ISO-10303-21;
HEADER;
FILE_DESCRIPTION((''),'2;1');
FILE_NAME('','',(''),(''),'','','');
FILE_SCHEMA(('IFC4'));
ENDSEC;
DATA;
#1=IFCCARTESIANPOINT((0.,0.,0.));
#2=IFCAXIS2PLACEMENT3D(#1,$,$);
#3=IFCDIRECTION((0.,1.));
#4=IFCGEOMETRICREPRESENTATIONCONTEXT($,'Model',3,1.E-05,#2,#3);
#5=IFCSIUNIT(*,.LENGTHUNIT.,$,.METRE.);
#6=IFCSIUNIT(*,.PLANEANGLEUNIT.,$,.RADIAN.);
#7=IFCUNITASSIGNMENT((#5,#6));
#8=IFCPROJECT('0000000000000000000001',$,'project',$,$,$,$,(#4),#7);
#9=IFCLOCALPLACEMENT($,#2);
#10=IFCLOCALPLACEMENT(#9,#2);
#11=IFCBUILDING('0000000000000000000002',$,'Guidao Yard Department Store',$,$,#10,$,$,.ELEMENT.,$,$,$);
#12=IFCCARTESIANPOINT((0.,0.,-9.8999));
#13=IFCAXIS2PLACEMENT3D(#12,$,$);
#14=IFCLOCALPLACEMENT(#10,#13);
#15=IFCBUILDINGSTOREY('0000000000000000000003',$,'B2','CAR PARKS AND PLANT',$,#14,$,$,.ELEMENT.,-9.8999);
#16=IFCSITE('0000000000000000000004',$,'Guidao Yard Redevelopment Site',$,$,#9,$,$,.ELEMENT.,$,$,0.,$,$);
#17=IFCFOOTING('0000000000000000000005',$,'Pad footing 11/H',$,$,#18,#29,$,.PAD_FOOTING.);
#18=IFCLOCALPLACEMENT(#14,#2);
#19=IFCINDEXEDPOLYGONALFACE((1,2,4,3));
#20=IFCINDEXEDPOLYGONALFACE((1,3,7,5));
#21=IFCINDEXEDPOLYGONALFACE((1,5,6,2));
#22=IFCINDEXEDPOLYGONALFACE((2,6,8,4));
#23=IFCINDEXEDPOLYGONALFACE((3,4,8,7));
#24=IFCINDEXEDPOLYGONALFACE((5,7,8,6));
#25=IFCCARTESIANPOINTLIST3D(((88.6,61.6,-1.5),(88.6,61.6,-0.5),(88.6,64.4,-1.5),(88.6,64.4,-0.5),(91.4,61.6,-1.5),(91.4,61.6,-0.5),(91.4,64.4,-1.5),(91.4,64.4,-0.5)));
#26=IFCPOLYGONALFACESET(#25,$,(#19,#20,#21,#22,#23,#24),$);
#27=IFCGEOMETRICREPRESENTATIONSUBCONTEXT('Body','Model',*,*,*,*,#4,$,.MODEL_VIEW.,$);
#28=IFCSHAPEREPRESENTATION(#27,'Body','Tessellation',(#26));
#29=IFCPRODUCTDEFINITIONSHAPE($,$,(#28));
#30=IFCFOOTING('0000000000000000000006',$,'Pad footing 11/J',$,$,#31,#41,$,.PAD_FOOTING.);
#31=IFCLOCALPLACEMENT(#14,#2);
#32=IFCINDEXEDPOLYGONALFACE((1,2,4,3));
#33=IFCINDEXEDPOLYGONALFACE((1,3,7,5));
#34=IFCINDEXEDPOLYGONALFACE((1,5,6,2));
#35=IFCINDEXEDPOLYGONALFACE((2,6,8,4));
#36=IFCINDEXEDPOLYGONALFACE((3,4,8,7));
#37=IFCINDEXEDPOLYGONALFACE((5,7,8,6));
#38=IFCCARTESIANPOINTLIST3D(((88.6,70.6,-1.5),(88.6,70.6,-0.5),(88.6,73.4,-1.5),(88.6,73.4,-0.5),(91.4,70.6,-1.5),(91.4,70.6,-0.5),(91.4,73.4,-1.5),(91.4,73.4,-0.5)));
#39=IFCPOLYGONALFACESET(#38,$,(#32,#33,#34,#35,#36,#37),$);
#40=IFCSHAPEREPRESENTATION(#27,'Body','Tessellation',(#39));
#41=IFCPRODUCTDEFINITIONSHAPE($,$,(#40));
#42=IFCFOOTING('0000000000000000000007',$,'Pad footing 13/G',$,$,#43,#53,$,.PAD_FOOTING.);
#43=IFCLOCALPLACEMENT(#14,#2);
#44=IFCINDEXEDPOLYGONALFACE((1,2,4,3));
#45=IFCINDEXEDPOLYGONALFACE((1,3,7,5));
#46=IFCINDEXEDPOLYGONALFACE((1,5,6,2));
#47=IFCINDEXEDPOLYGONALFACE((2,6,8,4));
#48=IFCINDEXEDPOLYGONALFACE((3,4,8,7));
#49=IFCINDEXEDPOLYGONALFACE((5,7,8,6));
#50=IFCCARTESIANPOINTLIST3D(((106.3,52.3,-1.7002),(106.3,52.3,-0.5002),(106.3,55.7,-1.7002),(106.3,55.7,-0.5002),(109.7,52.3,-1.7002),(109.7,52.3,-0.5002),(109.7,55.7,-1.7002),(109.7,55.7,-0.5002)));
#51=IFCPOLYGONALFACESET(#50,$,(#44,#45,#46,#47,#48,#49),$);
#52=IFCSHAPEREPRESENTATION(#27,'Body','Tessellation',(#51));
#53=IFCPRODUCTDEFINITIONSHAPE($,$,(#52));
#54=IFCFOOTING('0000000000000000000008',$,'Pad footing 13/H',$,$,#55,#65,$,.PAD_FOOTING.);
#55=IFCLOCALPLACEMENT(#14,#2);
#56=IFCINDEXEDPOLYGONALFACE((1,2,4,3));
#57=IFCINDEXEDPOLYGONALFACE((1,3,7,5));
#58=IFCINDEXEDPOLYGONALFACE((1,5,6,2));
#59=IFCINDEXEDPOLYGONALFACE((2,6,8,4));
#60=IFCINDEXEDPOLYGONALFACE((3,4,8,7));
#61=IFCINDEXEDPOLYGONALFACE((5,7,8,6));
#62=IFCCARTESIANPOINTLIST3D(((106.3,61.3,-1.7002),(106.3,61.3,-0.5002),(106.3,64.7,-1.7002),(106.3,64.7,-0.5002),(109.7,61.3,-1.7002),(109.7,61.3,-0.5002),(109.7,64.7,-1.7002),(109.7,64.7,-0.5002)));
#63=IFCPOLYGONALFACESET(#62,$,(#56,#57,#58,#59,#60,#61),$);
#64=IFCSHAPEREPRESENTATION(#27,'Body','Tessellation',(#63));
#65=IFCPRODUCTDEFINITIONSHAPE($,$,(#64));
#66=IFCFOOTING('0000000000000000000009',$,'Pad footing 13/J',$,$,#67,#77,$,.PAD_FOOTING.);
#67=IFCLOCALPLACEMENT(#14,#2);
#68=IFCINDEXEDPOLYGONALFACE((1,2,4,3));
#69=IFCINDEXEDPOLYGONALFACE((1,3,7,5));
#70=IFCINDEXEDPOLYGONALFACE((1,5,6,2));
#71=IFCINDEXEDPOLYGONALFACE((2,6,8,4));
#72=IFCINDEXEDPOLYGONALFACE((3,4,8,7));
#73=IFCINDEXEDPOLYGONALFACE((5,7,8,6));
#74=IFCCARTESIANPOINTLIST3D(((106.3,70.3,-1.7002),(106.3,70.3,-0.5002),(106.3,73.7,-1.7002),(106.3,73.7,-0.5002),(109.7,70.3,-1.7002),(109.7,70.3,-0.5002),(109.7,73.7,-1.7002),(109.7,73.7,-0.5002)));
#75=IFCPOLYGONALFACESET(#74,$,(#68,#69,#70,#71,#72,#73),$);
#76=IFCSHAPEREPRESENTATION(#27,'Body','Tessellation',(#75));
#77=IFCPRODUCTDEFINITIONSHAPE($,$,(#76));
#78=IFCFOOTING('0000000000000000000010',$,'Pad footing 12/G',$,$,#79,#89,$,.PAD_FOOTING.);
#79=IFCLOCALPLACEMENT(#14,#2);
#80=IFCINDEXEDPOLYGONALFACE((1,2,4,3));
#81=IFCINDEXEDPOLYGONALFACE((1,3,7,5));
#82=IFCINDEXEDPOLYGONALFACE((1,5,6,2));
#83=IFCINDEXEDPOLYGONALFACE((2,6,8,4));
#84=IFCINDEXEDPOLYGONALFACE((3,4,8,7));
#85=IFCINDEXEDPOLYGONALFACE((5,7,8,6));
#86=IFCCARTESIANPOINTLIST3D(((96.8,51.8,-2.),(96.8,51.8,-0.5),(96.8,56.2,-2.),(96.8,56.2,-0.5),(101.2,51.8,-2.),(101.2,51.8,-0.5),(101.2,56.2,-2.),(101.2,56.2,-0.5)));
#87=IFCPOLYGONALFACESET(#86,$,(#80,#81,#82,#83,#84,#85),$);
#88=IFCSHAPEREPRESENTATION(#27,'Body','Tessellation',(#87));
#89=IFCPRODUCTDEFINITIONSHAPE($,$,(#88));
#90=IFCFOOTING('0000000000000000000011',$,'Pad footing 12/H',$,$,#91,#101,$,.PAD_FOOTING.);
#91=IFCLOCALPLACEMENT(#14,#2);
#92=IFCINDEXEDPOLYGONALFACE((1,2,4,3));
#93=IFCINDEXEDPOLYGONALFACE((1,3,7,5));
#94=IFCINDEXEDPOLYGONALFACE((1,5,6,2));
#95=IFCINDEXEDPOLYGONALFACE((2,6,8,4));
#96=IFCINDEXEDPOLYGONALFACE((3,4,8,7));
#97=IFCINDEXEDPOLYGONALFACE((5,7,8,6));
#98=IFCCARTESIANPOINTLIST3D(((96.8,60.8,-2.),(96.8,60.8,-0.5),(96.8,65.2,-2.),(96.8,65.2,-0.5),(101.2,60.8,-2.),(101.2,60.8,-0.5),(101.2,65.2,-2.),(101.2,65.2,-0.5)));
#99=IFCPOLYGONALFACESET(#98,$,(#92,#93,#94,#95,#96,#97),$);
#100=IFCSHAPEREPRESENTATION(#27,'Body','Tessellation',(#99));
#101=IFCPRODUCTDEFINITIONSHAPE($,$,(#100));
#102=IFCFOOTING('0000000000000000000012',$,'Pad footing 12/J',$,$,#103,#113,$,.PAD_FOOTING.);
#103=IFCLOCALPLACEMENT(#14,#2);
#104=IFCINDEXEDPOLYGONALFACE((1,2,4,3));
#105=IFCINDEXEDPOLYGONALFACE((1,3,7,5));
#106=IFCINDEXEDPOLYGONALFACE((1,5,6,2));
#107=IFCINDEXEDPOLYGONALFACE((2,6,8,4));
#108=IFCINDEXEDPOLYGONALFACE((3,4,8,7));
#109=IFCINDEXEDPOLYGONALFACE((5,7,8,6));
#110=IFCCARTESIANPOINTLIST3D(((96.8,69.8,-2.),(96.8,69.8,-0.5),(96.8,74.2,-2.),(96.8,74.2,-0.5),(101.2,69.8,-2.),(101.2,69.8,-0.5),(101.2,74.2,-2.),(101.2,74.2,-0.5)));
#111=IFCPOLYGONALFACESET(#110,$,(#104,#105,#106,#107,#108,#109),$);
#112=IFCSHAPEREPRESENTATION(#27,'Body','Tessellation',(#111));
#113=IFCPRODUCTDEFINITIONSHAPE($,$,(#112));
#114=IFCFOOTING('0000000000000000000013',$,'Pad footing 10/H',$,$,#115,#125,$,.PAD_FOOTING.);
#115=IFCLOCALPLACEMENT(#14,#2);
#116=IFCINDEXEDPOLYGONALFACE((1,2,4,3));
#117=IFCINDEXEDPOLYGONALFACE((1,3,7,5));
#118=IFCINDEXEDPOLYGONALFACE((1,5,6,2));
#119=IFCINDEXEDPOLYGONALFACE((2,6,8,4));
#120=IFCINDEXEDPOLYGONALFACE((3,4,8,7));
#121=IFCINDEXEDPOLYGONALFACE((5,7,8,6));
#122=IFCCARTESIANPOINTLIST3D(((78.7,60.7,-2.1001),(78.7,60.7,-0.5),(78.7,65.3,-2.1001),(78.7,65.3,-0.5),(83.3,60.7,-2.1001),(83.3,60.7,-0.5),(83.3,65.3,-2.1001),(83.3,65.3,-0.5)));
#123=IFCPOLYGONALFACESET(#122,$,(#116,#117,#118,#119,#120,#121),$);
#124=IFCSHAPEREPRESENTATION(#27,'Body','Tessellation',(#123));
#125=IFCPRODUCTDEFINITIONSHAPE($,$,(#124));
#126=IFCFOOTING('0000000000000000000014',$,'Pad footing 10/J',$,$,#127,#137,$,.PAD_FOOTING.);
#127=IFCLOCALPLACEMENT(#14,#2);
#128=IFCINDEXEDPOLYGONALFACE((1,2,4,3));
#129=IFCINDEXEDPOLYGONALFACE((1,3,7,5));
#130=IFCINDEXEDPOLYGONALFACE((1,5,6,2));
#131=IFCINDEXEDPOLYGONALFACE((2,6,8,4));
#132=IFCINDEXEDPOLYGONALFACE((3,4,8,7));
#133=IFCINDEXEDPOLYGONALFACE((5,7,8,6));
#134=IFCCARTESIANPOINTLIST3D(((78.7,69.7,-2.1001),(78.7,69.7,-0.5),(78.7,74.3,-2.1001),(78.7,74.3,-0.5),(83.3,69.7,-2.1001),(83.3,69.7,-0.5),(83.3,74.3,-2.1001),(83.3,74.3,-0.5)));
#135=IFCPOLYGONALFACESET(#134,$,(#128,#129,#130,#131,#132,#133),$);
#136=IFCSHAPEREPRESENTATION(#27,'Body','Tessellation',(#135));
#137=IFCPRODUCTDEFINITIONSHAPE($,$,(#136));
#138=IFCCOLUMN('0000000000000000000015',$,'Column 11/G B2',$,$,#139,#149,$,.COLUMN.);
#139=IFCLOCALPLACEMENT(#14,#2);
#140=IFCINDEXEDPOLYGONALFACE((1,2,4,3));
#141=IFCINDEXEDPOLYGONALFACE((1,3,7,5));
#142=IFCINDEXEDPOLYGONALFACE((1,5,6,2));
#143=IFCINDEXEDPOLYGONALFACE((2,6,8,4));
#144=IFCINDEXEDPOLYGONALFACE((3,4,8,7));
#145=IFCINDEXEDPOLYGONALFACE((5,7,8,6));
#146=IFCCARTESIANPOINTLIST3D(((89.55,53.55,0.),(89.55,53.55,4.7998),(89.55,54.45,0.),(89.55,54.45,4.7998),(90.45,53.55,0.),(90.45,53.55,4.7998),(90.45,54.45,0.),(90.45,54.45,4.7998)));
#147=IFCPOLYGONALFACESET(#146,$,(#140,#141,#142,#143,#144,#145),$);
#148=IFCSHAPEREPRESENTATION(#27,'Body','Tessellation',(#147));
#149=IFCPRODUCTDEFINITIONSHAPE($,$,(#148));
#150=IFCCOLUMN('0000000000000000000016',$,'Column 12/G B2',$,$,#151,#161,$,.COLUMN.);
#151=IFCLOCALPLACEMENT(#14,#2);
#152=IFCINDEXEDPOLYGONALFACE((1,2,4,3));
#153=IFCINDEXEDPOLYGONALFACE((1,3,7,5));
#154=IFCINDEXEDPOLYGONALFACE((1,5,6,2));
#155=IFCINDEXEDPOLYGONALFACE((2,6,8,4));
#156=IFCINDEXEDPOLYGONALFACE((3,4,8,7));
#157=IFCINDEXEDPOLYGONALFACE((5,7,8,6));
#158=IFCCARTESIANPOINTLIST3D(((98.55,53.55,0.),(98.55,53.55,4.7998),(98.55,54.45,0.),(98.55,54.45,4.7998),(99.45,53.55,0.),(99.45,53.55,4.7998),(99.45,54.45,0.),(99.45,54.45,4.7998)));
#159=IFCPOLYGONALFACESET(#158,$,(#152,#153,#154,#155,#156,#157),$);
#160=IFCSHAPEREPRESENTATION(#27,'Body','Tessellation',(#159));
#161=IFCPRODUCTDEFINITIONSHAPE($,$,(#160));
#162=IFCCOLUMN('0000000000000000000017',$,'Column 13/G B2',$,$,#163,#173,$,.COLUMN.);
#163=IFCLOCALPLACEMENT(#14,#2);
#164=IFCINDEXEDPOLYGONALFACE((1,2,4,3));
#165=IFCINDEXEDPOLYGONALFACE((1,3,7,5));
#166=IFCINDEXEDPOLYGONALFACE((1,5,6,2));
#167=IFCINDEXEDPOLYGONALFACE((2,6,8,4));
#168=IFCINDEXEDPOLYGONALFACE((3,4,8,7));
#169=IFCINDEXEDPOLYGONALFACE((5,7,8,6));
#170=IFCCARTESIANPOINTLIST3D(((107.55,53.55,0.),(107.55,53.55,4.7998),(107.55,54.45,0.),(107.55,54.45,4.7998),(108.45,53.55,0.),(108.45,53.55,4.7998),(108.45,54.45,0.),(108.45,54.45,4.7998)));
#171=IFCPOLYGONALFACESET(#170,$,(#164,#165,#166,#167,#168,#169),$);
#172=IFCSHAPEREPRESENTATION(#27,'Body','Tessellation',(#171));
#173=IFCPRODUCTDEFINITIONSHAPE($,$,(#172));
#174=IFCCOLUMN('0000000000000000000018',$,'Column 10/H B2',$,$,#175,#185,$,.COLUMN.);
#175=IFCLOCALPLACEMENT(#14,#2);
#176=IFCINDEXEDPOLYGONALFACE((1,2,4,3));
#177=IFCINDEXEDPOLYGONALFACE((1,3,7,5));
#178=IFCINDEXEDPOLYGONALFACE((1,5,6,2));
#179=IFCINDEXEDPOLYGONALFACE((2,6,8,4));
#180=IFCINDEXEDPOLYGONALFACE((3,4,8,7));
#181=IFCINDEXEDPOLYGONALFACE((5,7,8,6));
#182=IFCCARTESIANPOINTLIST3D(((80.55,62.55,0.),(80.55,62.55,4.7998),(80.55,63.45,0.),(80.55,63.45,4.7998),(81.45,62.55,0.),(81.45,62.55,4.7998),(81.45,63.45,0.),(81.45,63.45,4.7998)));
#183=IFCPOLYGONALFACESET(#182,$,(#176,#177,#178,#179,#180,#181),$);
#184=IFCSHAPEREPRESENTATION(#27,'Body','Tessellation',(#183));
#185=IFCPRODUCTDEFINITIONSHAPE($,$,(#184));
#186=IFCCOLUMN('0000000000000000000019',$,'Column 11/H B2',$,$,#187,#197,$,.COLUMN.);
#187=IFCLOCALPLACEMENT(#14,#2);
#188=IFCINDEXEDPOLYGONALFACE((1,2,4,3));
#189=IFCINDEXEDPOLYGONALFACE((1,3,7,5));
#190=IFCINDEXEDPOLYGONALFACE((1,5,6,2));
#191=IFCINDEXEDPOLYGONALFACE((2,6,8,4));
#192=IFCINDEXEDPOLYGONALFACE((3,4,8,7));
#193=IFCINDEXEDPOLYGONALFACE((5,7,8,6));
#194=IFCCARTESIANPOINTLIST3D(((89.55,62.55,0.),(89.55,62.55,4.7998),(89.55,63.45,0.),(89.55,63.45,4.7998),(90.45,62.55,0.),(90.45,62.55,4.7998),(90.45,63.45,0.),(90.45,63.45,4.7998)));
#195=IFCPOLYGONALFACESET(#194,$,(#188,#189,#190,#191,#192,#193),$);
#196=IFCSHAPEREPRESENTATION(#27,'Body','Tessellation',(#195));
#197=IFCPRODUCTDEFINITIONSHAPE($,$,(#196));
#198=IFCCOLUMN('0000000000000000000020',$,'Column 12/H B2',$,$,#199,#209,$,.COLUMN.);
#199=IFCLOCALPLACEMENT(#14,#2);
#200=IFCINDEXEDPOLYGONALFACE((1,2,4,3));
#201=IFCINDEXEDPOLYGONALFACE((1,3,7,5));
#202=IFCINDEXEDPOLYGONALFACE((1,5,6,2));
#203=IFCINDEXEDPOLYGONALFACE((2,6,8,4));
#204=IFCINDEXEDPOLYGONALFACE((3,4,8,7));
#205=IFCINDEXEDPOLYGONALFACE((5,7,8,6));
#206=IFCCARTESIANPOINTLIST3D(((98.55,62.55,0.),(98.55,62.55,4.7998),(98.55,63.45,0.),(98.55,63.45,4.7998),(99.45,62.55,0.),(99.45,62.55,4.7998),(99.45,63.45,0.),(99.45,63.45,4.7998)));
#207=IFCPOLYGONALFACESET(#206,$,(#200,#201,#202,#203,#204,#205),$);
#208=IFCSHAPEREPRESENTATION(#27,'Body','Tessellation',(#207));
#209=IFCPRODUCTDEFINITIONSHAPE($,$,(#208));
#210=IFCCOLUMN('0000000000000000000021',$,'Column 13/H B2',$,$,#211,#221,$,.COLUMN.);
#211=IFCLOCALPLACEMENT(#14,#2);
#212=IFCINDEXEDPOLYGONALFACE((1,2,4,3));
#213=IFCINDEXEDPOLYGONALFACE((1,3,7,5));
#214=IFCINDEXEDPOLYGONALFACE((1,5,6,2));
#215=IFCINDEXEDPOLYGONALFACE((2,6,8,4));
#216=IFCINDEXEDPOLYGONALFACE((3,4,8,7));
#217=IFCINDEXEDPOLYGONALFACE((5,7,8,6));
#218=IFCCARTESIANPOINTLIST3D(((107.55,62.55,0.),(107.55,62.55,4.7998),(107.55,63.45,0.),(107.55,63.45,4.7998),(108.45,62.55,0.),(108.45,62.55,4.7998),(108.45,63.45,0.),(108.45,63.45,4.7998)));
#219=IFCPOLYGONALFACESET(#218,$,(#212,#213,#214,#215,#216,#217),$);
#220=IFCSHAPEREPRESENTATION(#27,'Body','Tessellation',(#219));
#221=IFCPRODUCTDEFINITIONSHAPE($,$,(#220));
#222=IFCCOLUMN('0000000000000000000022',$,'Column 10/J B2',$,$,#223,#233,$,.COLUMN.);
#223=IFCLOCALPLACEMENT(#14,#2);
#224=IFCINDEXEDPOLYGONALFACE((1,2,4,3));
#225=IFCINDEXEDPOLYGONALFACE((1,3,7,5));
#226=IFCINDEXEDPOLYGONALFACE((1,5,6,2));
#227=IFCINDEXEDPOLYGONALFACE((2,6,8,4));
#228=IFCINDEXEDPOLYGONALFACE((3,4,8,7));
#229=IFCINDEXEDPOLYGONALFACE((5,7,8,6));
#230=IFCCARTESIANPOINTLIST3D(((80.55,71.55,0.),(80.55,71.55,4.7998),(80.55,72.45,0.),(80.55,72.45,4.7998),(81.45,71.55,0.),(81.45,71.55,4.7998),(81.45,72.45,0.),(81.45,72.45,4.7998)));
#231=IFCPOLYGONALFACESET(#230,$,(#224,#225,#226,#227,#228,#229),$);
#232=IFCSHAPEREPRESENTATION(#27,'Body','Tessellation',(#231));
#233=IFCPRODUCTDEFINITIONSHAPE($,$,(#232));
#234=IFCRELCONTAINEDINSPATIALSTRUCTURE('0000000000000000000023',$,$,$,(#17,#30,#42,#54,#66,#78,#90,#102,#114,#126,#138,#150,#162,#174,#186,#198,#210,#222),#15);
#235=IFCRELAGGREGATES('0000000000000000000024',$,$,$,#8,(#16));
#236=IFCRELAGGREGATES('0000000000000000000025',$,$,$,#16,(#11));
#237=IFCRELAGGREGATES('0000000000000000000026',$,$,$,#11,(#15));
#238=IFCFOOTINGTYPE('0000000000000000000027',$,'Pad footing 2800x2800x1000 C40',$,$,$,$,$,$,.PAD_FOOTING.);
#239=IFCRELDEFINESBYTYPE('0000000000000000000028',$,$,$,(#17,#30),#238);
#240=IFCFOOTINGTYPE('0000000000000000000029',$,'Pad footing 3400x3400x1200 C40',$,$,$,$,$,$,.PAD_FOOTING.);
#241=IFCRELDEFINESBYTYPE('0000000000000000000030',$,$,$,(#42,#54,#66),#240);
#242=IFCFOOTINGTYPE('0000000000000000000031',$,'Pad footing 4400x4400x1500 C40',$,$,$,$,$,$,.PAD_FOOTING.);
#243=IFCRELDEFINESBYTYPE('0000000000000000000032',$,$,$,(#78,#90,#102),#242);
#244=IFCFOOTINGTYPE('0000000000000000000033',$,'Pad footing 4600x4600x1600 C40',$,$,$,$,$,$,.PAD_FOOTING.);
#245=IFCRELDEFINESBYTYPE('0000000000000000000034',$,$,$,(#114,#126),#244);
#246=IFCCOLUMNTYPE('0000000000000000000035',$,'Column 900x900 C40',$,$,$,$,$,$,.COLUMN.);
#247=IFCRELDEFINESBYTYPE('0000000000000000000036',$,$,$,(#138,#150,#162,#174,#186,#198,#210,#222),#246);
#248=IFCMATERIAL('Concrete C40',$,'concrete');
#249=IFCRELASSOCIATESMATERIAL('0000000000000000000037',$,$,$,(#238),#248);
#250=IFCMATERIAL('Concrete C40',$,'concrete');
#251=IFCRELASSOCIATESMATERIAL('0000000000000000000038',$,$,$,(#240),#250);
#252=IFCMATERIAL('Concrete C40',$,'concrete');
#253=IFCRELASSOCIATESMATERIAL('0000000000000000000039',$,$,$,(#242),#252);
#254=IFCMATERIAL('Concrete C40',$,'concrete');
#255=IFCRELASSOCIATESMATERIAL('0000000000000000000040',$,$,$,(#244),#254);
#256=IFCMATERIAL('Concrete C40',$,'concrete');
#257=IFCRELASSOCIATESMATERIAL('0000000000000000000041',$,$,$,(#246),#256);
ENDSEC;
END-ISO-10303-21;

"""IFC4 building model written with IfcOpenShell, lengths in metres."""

from ifc_helpers import new_model, si_unit, direction, frame, origin, origin_2d, place, context, subcontext, project, spatial, rectangle, extrude, material, material_profile, profile_set, type_object, element, save


model = new_model("IFC4")

# Units and contexts
model_context = context("Model", 3, precision=1e-05, world=origin(), true_north=direction((0.0, 1.0)))
body_context = subcontext(model_context, "Body", "Model", "MODEL_VIEW")
ifc_project = project(units=[si_unit("LENGTHUNIT", "METRE"), si_unit("PLANEANGLEUNIT", "RADIAN")], contexts=[model_context])

# Site, building, storey
site_placement = place(None, origin())
site = spatial("IfcSite", under=ifc_project, at=site_placement, Name="Guidao Yard Redevelopment Site", CompositionType="ELEMENT", RefElevation=0.0)
building_placement = place(site_placement, origin())
building = spatial("IfcBuilding", under=site, at=building_placement, Name="Guidao Yard Department Store", CompositionType="ELEMENT")
storey_placement = place(building_placement, frame((0.0, 0.0, -9.8999)))
storey = spatial("IfcBuildingStorey", under=building, at=storey_placement, Name="B2", Description="CAR PARKS AND PLANT", CompositionType="ELEMENT", Elevation=-9.8999)

# Footings
ifc_material_1 = material(Name="Concrete C40", Category="concrete")
footing_type_1 = type_object("IfcFootingType", Name="Pad footing 2800x2800x1000 C40", PredefinedType="PAD_FOOTING", material=ifc_material_1)
for number, where, z_axis, x_axis, name in (
    (1, (90.0, 63.0, -1.5), (0.0, 0.0, 1.0), (1.0, 0.0, 0.0), "Pad footing 11/H"),
    (2, (90.0, 72.0, -1.5), (0.0, 0.0, 1.0), (1.0, 0.0, 0.0), "Pad footing 11/J"),
):
    element("IfcFooting", number, at=place(storey_placement, frame(where, z_axis=z_axis, x_axis=x_axis)), inside=storey, type_object=footing_type_1, Name=name, PredefinedType="PAD_FOOTING", context=body_context, shape_type="SweptSolid", body=[
        extrude(rectangle(XDim=2.8, YDim=2.8, at=origin_2d()), origin(), (0.0, 0.0, 1.0), 1.0),
    ])
ifc_material_2 = material(Name="Concrete C40", Category="concrete")
footing_type_2 = type_object("IfcFootingType", Name="Pad footing 3400x3400x1200 C40", PredefinedType="PAD_FOOTING", material=ifc_material_2)
for number, where, z_axis, x_axis, name in (
    (3, (108.0, 54.0, -1.7002), (0.0, 0.0, 1.0), (1.0, 0.0, 0.0), "Pad footing 13/G"),
    (4, (108.0, 63.0, -1.7002), (0.0, 0.0, 1.0), (1.0, 0.0, 0.0), "Pad footing 13/H"),
    (5, (108.0, 72.0, -1.7002), (0.0, 0.0, 1.0), (1.0, 0.0, 0.0), "Pad footing 13/J"),
):
    element("IfcFooting", number, at=place(storey_placement, frame(where, z_axis=z_axis, x_axis=x_axis)), inside=storey, type_object=footing_type_2, Name=name, PredefinedType="PAD_FOOTING", context=body_context, shape_type="SweptSolid", body=[
        extrude(rectangle(XDim=3.3999, YDim=3.3999, at=origin_2d()), origin(), (0.0, 0.0, 1.0), 1.2),
    ])
ifc_material_3 = material(Name="Concrete C40", Category="concrete")
footing_type_3 = type_object("IfcFootingType", Name="Pad footing 4400x4400x1500 C40", PredefinedType="PAD_FOOTING", material=ifc_material_3)
for number, where, z_axis, x_axis, name in (
    (6, (99.0, 54.0, -2.0), (0.0, 0.0, 1.0), (1.0, 0.0, 0.0), "Pad footing 12/G"),
    (7, (99.0, 63.0, -2.0), (0.0, 0.0, 1.0), (1.0, 0.0, 0.0), "Pad footing 12/H"),
    (8, (99.0, 72.0, -2.0), (0.0, 0.0, 1.0), (1.0, 0.0, 0.0), "Pad footing 12/J"),
):
    element("IfcFooting", number, at=place(storey_placement, frame(where, z_axis=z_axis, x_axis=x_axis)), inside=storey, type_object=footing_type_3, Name=name, PredefinedType="PAD_FOOTING", context=body_context, shape_type="SweptSolid", body=[
        extrude(rectangle(XDim=4.3999, YDim=4.3999, at=origin_2d()), origin(), (0.0, 0.0, 1.0), 1.5),
    ])
ifc_material_4 = material(Name="Concrete C40", Category="concrete")
footing_type_4 = type_object("IfcFootingType", Name="Pad footing 4600x4600x1600 C40", PredefinedType="PAD_FOOTING", material=ifc_material_4)
for number, where, z_axis, x_axis, name in (
    (9, (81.0, 63.0, -2.1001), (0.0, 0.0, 1.0), (1.0, 0.0, 0.0), "Pad footing 10/H"),
    (10, (81.0, 72.0, -2.1001), (0.0, 0.0, 1.0), (1.0, 0.0, 0.0), "Pad footing 10/J"),
):
    element("IfcFooting", number, at=place(storey_placement, frame(where, z_axis=z_axis, x_axis=x_axis)), inside=storey, type_object=footing_type_4, Name=name, PredefinedType="PAD_FOOTING", context=body_context, shape_type="SweptSolid", body=[
        extrude(rectangle(XDim=4.6001, YDim=4.6001, at=origin_2d()), origin(), (0.0, 0.0, 1.0), 1.6001),
    ])

# Columns
ifc_material_5 = material(Name="Concrete C40", Category="concrete")
ifc_material_profile = material_profile(ifc_material_5, rectangle(XDim=0.8999, YDim=0.8999, at=origin_2d()), Name="COL 900x900")
ifc_profile_set = profile_set([ifc_material_profile], Name="Concrete C40")
column_type = type_object("IfcColumnType", Name="Column 900x900 C40", PredefinedType="COLUMN", material=ifc_profile_set)
for number, where, z_axis, x_axis, name in (
    (11, (90.0, 54.0, 0.0), (0.0, 0.0, 1.0), (1.0, 0.0, 0.0), "Column 11/G B2"),
    (12, (99.0, 54.0, 0.0), (0.0, 0.0, 1.0), (1.0, 0.0, 0.0), "Column 12/G B2"),
    (13, (108.0, 54.0, 0.0), (0.0, 0.0, 1.0), (1.0, 0.0, 0.0), "Column 13/G B2"),
    (14, (81.0, 63.0, 0.0), (0.0, 0.0, 1.0), (1.0, 0.0, 0.0), "Column 10/H B2"),
    (15, (90.0, 63.0, 0.0), (0.0, 0.0, 1.0), (1.0, 0.0, 0.0), "Column 11/H B2"),
    (16, (99.0, 63.0, 0.0), (0.0, 0.0, 1.0), (1.0, 0.0, 0.0), "Column 12/H B2"),
    (17, (108.0, 63.0, 0.0), (0.0, 0.0, 1.0), (1.0, 0.0, 0.0), "Column 13/H B2"),
    (18, (81.0, 72.0, 0.0), (0.0, 0.0, 1.0), (1.0, 0.0, 0.0), "Column 10/J B2"),
):
    element("IfcColumn", number, at=place(storey_placement, frame(where, z_axis=z_axis, x_axis=x_axis)), inside=storey, type_object=column_type, Name=name, PredefinedType="COLUMN", context=body_context, shape_type="SweptSolid", body=[
        extrude(rectangle(XDim=0.8999, YDim=0.8999, at=origin_2d()), origin(), (0.0, 0.0, 1.0), 4.7998),
    ])

save(model, "model.ifc")
